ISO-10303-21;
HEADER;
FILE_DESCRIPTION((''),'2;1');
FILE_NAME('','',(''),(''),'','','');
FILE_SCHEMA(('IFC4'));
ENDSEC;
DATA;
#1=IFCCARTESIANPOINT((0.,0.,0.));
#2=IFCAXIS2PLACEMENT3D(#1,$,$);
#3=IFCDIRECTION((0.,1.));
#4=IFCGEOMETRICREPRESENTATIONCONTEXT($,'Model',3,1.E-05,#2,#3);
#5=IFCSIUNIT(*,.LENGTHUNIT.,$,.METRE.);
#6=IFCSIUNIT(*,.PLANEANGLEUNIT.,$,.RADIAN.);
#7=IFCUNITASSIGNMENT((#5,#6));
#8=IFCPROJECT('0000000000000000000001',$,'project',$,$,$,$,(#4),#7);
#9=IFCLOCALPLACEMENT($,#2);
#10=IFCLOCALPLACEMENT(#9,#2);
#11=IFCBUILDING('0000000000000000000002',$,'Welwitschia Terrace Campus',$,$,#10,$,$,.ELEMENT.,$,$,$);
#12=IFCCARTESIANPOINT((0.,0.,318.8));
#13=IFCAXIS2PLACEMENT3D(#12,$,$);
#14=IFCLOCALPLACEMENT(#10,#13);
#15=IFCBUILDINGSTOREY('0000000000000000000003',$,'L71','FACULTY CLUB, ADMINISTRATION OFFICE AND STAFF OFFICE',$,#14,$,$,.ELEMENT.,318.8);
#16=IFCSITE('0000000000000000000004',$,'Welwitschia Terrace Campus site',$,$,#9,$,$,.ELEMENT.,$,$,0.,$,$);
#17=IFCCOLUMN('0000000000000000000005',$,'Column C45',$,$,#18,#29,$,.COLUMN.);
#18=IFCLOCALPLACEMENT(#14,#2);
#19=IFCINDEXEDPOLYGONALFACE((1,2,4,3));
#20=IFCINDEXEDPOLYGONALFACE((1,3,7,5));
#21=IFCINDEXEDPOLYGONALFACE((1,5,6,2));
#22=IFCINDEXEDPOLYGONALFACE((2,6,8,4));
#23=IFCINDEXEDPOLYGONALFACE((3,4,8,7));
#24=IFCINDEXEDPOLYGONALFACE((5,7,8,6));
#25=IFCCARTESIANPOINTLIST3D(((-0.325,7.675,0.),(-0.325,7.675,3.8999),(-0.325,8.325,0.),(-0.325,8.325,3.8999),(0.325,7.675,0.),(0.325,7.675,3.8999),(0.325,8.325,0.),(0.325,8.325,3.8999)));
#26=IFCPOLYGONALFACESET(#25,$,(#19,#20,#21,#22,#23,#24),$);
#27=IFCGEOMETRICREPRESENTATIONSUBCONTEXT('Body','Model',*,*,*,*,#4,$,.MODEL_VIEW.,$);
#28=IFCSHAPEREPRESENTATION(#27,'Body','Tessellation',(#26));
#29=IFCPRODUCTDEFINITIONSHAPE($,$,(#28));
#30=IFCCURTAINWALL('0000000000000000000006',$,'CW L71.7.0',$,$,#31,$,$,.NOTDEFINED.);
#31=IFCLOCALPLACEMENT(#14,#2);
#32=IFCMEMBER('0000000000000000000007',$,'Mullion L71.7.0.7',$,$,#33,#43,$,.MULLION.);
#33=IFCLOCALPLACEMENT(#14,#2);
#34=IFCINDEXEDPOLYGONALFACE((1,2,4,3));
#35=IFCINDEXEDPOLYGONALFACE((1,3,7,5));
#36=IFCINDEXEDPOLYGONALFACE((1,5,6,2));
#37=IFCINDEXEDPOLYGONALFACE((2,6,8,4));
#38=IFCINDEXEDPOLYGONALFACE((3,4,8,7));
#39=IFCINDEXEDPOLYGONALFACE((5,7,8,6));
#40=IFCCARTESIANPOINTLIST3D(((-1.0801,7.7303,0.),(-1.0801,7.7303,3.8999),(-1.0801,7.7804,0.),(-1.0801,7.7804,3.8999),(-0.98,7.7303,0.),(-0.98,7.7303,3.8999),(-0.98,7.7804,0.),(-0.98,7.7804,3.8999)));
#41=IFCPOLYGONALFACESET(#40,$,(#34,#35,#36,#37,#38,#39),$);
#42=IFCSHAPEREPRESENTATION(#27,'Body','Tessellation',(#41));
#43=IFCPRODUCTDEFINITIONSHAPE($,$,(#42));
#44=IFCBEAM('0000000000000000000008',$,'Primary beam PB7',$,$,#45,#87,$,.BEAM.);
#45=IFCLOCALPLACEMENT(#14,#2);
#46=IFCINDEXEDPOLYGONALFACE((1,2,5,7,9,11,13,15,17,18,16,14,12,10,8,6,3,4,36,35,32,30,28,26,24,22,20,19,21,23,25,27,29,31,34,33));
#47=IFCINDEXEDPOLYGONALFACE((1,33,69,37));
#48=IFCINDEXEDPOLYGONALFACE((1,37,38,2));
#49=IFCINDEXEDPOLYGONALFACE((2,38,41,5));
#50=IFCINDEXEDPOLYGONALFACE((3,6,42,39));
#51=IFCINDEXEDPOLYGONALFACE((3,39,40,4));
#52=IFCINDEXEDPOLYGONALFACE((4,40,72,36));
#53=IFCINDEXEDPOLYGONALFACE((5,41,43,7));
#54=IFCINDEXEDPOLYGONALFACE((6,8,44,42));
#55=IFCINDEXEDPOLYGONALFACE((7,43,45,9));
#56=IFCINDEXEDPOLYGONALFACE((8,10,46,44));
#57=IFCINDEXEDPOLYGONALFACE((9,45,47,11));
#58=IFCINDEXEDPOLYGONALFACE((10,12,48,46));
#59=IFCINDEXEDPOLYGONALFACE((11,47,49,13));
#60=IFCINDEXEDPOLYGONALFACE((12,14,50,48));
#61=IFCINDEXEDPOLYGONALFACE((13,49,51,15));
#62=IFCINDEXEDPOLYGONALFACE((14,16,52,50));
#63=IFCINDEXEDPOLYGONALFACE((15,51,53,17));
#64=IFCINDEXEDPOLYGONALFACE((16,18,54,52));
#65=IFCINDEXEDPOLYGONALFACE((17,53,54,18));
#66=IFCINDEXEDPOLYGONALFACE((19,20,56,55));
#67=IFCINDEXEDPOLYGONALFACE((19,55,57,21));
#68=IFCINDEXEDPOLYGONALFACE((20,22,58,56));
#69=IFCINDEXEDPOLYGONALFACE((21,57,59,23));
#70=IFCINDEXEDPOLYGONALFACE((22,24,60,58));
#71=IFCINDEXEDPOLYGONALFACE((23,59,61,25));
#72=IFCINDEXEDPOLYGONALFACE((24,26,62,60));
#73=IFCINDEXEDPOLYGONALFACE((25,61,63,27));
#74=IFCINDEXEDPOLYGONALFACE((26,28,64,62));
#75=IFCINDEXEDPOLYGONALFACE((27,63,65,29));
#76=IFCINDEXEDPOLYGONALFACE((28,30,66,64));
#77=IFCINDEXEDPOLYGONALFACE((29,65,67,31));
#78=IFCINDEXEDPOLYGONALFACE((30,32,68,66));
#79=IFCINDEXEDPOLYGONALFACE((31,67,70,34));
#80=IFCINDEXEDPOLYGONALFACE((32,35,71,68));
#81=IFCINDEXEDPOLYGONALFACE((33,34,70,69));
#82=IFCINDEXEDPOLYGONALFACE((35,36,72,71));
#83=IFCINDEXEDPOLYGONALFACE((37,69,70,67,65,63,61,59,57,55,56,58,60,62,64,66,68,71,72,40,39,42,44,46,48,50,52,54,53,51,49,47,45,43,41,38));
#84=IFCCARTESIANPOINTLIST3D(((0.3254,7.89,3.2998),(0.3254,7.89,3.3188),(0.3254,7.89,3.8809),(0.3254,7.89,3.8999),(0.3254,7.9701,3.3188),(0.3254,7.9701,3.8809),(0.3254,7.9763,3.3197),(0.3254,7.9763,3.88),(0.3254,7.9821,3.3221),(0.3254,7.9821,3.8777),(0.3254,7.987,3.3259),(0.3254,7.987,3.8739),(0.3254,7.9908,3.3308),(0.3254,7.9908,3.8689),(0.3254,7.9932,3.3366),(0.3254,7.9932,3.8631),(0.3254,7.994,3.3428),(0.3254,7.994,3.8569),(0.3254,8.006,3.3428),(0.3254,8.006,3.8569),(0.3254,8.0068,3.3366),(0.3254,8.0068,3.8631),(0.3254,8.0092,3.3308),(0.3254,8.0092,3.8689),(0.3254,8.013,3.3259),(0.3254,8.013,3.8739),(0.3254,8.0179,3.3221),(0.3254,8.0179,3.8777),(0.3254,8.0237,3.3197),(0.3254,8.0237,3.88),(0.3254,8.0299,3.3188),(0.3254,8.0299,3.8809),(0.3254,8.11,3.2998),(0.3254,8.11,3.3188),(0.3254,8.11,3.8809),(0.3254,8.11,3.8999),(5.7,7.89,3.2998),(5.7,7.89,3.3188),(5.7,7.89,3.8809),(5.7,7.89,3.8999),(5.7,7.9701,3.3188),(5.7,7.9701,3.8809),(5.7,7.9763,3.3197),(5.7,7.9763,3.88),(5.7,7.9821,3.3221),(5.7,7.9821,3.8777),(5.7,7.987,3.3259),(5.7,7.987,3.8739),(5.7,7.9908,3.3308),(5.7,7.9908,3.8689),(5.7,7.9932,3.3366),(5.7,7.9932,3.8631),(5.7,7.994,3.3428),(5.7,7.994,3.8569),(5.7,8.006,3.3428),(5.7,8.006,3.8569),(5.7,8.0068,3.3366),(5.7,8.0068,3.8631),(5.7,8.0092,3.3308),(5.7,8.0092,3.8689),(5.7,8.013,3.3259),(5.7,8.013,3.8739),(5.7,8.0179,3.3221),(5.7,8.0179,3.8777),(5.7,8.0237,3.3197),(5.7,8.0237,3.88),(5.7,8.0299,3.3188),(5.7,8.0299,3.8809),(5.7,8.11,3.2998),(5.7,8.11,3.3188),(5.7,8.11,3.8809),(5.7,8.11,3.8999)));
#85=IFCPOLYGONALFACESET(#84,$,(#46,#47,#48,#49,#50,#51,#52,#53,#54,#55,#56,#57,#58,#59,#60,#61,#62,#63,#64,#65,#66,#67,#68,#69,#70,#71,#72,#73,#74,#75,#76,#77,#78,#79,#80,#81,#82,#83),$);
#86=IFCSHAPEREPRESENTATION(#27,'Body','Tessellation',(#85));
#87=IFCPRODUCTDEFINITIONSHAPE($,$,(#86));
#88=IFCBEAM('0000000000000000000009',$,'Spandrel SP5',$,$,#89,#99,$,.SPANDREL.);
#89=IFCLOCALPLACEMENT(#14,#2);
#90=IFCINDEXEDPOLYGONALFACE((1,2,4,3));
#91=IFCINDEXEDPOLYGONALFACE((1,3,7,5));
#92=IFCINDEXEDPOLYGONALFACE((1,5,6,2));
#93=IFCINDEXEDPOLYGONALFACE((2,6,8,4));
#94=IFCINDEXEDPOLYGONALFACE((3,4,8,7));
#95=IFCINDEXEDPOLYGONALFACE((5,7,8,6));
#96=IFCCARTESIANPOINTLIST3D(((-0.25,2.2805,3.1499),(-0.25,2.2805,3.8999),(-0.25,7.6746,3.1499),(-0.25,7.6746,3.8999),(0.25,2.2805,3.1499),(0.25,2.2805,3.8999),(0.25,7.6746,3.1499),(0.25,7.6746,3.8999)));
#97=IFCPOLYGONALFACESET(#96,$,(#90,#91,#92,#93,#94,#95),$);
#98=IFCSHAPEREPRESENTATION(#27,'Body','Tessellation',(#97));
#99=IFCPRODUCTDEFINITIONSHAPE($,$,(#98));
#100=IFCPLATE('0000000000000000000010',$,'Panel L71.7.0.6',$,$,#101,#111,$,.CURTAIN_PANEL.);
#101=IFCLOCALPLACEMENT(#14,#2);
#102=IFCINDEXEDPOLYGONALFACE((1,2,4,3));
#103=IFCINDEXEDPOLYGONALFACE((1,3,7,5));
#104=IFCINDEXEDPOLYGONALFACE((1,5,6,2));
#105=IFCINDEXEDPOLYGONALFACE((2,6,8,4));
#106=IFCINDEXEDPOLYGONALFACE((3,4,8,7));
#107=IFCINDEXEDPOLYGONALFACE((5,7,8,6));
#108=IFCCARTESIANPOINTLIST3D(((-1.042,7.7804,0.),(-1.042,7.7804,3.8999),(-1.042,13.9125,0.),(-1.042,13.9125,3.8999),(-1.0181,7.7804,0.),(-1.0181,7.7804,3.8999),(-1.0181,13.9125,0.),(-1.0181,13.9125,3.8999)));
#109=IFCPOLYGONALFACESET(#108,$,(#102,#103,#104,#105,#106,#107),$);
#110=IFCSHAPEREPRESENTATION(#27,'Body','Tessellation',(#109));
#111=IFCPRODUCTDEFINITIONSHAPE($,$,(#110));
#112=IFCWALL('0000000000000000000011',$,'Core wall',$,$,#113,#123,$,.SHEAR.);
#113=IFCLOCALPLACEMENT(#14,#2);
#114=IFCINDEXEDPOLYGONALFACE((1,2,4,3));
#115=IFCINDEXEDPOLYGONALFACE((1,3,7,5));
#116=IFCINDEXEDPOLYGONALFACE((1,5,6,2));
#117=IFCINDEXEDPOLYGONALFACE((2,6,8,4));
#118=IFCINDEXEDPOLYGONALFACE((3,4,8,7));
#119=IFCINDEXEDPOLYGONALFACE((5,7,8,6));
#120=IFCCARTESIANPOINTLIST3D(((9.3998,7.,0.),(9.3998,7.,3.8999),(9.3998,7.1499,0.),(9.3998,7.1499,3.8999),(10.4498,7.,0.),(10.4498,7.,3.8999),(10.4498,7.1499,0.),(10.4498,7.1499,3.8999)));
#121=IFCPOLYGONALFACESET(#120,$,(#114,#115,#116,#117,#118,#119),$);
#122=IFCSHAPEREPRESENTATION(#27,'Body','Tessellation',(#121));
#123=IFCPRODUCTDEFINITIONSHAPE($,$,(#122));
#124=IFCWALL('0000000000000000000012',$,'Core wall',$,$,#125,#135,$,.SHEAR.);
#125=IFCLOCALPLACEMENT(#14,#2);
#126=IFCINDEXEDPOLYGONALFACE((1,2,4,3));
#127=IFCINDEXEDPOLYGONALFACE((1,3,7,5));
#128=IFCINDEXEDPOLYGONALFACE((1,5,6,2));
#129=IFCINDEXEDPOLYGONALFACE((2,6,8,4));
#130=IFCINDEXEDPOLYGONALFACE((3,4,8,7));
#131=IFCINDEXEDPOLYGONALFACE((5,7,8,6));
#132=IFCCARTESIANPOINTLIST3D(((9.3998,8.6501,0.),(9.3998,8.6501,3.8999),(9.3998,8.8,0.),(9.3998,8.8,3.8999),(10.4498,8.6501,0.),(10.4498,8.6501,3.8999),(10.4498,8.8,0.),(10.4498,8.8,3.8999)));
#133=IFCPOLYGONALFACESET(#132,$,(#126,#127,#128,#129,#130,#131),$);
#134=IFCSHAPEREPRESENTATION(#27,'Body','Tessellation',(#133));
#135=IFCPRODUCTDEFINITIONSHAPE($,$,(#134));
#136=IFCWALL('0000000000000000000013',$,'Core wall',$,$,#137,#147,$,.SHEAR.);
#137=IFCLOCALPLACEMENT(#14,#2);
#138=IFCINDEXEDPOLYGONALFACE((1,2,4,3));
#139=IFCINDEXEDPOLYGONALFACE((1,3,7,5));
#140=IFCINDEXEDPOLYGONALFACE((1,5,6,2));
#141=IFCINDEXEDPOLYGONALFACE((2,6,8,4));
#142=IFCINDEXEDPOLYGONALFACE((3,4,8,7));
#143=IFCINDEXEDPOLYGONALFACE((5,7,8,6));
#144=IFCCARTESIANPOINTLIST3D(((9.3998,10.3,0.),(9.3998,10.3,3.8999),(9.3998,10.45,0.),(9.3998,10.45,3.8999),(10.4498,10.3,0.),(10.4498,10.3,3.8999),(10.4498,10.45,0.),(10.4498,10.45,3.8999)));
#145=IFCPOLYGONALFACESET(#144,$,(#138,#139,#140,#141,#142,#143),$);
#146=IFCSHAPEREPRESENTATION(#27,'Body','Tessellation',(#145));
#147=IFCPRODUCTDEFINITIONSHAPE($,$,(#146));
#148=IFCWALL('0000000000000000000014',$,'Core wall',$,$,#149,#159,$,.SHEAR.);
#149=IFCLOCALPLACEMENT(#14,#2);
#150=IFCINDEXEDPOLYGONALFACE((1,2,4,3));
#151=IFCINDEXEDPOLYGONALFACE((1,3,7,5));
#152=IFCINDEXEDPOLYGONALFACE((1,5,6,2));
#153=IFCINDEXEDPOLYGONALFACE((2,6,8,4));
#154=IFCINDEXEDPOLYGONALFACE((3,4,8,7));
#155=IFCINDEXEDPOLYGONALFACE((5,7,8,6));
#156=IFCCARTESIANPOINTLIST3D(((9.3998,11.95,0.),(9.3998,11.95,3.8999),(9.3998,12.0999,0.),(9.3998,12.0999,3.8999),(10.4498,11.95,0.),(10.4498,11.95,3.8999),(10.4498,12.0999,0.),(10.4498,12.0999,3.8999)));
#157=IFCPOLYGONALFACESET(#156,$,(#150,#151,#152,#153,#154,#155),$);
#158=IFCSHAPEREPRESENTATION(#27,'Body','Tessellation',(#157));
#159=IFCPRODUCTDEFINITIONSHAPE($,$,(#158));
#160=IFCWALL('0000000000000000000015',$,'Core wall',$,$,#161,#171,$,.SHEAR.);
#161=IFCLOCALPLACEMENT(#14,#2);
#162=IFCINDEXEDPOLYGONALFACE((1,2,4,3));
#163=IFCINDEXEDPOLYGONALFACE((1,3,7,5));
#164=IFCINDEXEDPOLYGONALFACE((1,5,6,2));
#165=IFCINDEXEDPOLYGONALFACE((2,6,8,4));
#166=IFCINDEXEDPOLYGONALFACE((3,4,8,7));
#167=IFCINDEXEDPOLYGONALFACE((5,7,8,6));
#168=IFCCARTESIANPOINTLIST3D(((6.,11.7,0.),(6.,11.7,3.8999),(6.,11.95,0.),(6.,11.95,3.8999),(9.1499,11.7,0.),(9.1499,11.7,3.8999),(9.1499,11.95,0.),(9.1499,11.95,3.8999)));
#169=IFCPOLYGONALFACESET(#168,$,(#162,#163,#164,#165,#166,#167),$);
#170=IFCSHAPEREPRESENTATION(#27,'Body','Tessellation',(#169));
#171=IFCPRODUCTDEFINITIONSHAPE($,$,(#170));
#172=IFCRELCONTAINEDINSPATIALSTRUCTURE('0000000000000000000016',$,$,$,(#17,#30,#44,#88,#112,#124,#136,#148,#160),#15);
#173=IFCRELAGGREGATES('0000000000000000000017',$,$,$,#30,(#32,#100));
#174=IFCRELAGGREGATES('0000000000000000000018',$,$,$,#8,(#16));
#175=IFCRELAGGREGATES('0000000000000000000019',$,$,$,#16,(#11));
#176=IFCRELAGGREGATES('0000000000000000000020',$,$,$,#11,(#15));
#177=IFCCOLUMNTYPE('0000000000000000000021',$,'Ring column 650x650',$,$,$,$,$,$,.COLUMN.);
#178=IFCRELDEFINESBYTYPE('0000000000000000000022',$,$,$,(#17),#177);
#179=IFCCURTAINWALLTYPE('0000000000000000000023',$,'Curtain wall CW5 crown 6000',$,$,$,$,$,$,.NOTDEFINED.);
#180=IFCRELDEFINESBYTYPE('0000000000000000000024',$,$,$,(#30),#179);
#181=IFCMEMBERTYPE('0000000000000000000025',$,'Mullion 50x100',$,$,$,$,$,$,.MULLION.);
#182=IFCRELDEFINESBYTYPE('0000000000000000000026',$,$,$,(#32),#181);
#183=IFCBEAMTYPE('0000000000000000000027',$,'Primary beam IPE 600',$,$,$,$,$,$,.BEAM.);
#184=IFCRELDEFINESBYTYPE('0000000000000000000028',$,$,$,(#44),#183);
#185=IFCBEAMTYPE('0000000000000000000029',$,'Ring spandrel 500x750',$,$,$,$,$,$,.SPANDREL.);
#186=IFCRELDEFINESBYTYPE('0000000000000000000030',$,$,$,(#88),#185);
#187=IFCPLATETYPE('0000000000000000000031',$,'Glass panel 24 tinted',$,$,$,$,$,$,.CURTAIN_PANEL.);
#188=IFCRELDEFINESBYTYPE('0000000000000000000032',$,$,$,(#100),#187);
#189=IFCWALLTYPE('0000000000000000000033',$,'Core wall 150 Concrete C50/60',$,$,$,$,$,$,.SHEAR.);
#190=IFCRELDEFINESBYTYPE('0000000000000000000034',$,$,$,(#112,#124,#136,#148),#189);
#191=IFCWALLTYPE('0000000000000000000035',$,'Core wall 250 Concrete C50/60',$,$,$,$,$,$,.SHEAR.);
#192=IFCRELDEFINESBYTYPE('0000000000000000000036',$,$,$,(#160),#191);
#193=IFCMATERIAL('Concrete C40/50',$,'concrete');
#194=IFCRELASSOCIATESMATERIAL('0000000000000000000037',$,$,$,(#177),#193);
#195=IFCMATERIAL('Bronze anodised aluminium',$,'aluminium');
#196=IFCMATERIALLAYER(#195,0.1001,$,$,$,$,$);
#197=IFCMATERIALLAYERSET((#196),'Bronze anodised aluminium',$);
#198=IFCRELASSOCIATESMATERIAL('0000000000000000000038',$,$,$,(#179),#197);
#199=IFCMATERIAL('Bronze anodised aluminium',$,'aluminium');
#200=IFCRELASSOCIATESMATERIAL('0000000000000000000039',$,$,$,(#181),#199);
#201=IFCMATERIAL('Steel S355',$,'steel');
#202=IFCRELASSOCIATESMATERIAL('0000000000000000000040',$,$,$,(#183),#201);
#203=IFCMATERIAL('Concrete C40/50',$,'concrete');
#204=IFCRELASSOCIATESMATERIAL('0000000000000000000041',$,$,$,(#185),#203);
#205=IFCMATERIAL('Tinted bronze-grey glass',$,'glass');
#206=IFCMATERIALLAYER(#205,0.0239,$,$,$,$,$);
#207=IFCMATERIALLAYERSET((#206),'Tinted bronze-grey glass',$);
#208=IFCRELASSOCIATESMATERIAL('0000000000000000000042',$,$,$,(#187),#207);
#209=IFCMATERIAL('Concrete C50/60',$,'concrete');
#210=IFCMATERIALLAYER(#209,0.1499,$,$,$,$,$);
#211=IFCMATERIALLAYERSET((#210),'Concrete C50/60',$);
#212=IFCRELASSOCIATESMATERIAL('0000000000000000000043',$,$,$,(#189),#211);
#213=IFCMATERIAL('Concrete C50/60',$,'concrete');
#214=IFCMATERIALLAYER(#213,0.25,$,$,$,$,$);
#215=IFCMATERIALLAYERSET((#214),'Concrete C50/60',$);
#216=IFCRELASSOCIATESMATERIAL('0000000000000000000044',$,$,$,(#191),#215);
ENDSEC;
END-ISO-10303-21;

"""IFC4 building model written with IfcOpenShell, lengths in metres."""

from ifc_helpers import new_model, si_unit, direction, frame, frame_2d, origin, origin_2d, place, context, subcontext, project, spatial, rectangle, i_section, extrude, material, layer, layer_set, material_profile, profile_set, type_object, element, aggregate, save


model = new_model("IFC4")

# Units and contexts
model_context = context("Model", 3, precision=1e-05, world=origin(), true_north=direction((0.0, 1.0)))
body_context = subcontext(model_context, "Body", "Model", "MODEL_VIEW")
ifc_project = project(units=[si_unit("LENGTHUNIT", "METRE"), si_unit("PLANEANGLEUNIT", "RADIAN")], contexts=[model_context])

# Site, building, storey
site_placement = place(None, origin())
site = spatial("IfcSite", under=ifc_project, at=site_placement, Name="Welwitschia Terrace Campus site", CompositionType="ELEMENT", RefElevation=0.0)
building_placement = place(site_placement, origin())
building = spatial("IfcBuilding", under=site, at=building_placement, Name="Welwitschia Terrace Campus", CompositionType="ELEMENT")
storey_placement = place(building_placement, frame((0.0, 0.0, 318.8)))
storey = spatial("IfcBuildingStorey", under=building, at=storey_placement, Name="L71", Description="FACULTY CLUB, ADMINISTRATION OFFICE AND STAFF OFFICE", CompositionType="ELEMENT", Elevation=318.8)

# Column
ifc_material_1 = material(Name="Concrete C40/50", Category="concrete")
ifc_material_profile_1 = material_profile(ifc_material_1, rectangle(XDim=0.6499, YDim=0.6499, at=origin_2d()))
ifc_profile_set_1 = profile_set([ifc_material_profile_1], Name="Concrete C40/50")
column_type = type_object("IfcColumnType", Name="Ring column 650x650", PredefinedType="COLUMN", material=ifc_profile_set_1)
column_placement = place(storey_placement, frame((0.0, 8.0, 0.0), z_axis=(0.0, 0.0, 1.0), x_axis=(1.0, 0.0, 0.0)))
element("IfcColumn", 1, at=column_placement, inside=storey, type_object=column_type, Name="Column C45", PredefinedType="COLUMN", context=body_context, shape_type="SweptSolid", body=[
    extrude(rectangle(XDim=0.6499, YDim=0.6499, at=origin_2d()), origin(), (0.0, 0.0, 1.0), 3.8999),
])

# Curtain wall, member
ifc_material_2 = material(Name="Bronze anodised aluminium", Category="aluminium")
ifc_layer_1 = layer(ifc_material_2, 0.1001)
ifc_layer_set_1 = layer_set([ifc_layer_1], Name="Bronze anodised aluminium")
curtain_wall_type = type_object("IfcCurtainWallType", Name="Curtain wall CW5 crown 6000", PredefinedType="NOTDEFINED", material=ifc_layer_set_1)
curtain_wall_placement = place(storey_placement, origin())
curtain_wall = element("IfcCurtainWall", 2, at=curtain_wall_placement, inside=storey, type_object=curtain_wall_type, Name="CW L71.7.0", PredefinedType="NOTDEFINED")
ifc_material_3 = material(Name="Bronze anodised aluminium", Category="aluminium")
ifc_material_profile_2 = material_profile(ifc_material_3, rectangle(XDim=0.1001, YDim=0.05, at=origin_2d()))
ifc_profile_set_2 = profile_set([ifc_material_profile_2], Name="Bronze anodised aluminium")
member_type = type_object("IfcMemberType", Name="Mullion 50x100", PredefinedType="MULLION", material=ifc_profile_set_2)
member_placement = place(storey_placement, frame((-1.03, 7.7554, 0.0), z_axis=(0.0, 0.0, 1.0), x_axis=(1.0, 0.0, 0.0)))
member = element("IfcMember", 3, at=member_placement, type_object=member_type, Name="Mullion L71.7.0.7", PredefinedType="MULLION", context=body_context, shape_type="SweptSolid", body=[
    extrude(rectangle(XDim=0.1001, YDim=0.05, at=origin_2d()), origin(), (0.0, 0.0, 1.0), 3.8999),
])

# Beams
ifc_material_4 = material(Name="Steel S355", Category="steel")
ifc_material_profile_3 = material_profile(ifc_material_4, i_section(OverallWidth=0.22, OverallDepth=0.6001, WebThickness=0.012, FlangeThickness=0.019, FilletRadius=0.0239, at=origin_2d()))
ifc_profile_set_3 = profile_set([ifc_material_profile_3], Name="Steel S355")
beam_type_1 = type_object("IfcBeamType", Name="Primary beam IPE 600", PredefinedType="BEAM", material=ifc_profile_set_3)
beam_1_placement = place(storey_placement, frame((0.3254, 8.0, 3.5999), z_axis=(1.0, 0.0, 0.0), x_axis=(0.0, 1.0, 0.0)))
element("IfcBeam", 4, at=beam_1_placement, inside=storey, type_object=beam_type_1, Name="Primary beam PB7", PredefinedType="BEAM", context=body_context, shape_type="SweptSolid", body=[
    extrude(i_section(OverallWidth=0.22, OverallDepth=0.6001, WebThickness=0.012, FlangeThickness=0.019, FilletRadius=0.0239, at=origin_2d()), origin(), (0.0, 0.0, 1.0), 5.3745),
])
ifc_material_5 = material(Name="Concrete C40/50", Category="concrete")
ifc_material_profile_4 = material_profile(ifc_material_5, rectangle(XDim=0.5, YDim=0.75, at=origin_2d()))
ifc_profile_set_4 = profile_set([ifc_material_profile_4], Name="Concrete C40/50")
beam_type_2 = type_object("IfcBeamType", Name="Ring spandrel 500x750", PredefinedType="SPANDREL", material=ifc_profile_set_4)
beam_2_placement = place(storey_placement, frame((0.0, 7.6746, 3.5249), z_axis=(0.0, -1.0, 0.0), x_axis=(1.0, 0.0, 0.0)))
element("IfcBeam", 5, at=beam_2_placement, inside=storey, type_object=beam_type_2, Name="Spandrel SP5", PredefinedType="SPANDREL", context=body_context, shape_type="SweptSolid", body=[
    extrude(rectangle(XDim=0.5, YDim=0.75, at=origin_2d()), origin(), (0.0, 0.0, 1.0), 5.394),
])

# Plate
ifc_material_6 = material(Name="Tinted bronze-grey glass", Category="glass")
ifc_layer_2 = layer(ifc_material_6, 0.0239)
ifc_layer_set_2 = layer_set([ifc_layer_2], Name="Tinted bronze-grey glass")
plate_type = type_object("IfcPlateType", Name="Glass panel 24 tinted", PredefinedType="CURTAIN_PANEL", material=ifc_layer_set_2)
plate_placement = place(storey_placement, frame((-1.03, 10.8464, 0.0), z_axis=(0.0, 0.0, 1.0), x_axis=(0.0, -1.0, 0.0)))
plate = element("IfcPlate", 6, at=plate_placement, type_object=plate_type, Name="Panel L71.7.0.6", PredefinedType="CURTAIN_PANEL", context=body_context, shape_type="SweptSolid", body=[
    extrude(rectangle(XDim=6.1321, YDim=0.0239, at=origin_2d()), origin(), (0.0, 0.0, 1.0), 3.8999),
])
aggregate(curtain_wall, [member, plate])

# Walls
ifc_material_7 = material(Name="Concrete C50/60", Category="concrete")
ifc_layer_3 = layer(ifc_material_7, 0.1499)
ifc_layer_set_3 = layer_set([ifc_layer_3], Name="Concrete C50/60")
wall_type_1 = type_object("IfcWallType", Name="Core wall 150 Concrete C50/60", PredefinedType="SHEAR", material=ifc_layer_set_3)
for number, where, z_axis, x_axis, name in (
    (7, (9.3999, 7.075, 0.0), (0.0, 0.0, 1.0), (1.0, 0.0, 0.0), "Core wall"),
    (8, (9.3999, 8.7251, 0.0), (0.0, 0.0, 1.0), (1.0, 0.0, 0.0), "Core wall"),
    (9, (9.3999, 10.375, 0.0), (0.0, 0.0, 1.0), (1.0, 0.0, 0.0), "Core wall"),
    (10, (9.3999, 12.0249, 0.0), (0.0, 0.0, 1.0), (1.0, 0.0, 0.0), "Core wall"),
):
    element("IfcWall", number, at=place(storey_placement, frame(where, z_axis=z_axis, x_axis=x_axis)), inside=storey, type_object=wall_type_1, Name=name, PredefinedType="SHEAR", context=body_context, shape_type="SweptSolid", body=[
        extrude(rectangle(XDim=1.05, YDim=0.1499, at=frame_2d((0.5249, 0.0))), origin(), (0.0, 0.0, 1.0), 3.8999),
    ])
ifc_material_8 = material(Name="Concrete C50/60", Category="concrete")
ifc_layer_4 = layer(ifc_material_8, 0.25)
ifc_layer_set_4 = layer_set([ifc_layer_4], Name="Concrete C50/60")
wall_type_2 = type_object("IfcWallType", Name="Core wall 250 Concrete C50/60", PredefinedType="SHEAR", material=ifc_layer_set_4)
wall_1_placement = place(storey_placement, frame((6.0, 11.825, 0.0), z_axis=(0.0, 0.0, 1.0), x_axis=(1.0, 0.0, 0.0)))
element("IfcWall", 11, at=wall_1_placement, inside=storey, type_object=wall_type_2, Name="Core wall", PredefinedType="SHEAR", context=body_context, shape_type="SweptSolid", body=[
    extrude(rectangle(XDim=3.1499, YDim=0.25, at=frame_2d((1.575, 0.0))), origin(), (0.0, 0.0, 1.0), 3.8999),
])

save(model, "model.ifc")
